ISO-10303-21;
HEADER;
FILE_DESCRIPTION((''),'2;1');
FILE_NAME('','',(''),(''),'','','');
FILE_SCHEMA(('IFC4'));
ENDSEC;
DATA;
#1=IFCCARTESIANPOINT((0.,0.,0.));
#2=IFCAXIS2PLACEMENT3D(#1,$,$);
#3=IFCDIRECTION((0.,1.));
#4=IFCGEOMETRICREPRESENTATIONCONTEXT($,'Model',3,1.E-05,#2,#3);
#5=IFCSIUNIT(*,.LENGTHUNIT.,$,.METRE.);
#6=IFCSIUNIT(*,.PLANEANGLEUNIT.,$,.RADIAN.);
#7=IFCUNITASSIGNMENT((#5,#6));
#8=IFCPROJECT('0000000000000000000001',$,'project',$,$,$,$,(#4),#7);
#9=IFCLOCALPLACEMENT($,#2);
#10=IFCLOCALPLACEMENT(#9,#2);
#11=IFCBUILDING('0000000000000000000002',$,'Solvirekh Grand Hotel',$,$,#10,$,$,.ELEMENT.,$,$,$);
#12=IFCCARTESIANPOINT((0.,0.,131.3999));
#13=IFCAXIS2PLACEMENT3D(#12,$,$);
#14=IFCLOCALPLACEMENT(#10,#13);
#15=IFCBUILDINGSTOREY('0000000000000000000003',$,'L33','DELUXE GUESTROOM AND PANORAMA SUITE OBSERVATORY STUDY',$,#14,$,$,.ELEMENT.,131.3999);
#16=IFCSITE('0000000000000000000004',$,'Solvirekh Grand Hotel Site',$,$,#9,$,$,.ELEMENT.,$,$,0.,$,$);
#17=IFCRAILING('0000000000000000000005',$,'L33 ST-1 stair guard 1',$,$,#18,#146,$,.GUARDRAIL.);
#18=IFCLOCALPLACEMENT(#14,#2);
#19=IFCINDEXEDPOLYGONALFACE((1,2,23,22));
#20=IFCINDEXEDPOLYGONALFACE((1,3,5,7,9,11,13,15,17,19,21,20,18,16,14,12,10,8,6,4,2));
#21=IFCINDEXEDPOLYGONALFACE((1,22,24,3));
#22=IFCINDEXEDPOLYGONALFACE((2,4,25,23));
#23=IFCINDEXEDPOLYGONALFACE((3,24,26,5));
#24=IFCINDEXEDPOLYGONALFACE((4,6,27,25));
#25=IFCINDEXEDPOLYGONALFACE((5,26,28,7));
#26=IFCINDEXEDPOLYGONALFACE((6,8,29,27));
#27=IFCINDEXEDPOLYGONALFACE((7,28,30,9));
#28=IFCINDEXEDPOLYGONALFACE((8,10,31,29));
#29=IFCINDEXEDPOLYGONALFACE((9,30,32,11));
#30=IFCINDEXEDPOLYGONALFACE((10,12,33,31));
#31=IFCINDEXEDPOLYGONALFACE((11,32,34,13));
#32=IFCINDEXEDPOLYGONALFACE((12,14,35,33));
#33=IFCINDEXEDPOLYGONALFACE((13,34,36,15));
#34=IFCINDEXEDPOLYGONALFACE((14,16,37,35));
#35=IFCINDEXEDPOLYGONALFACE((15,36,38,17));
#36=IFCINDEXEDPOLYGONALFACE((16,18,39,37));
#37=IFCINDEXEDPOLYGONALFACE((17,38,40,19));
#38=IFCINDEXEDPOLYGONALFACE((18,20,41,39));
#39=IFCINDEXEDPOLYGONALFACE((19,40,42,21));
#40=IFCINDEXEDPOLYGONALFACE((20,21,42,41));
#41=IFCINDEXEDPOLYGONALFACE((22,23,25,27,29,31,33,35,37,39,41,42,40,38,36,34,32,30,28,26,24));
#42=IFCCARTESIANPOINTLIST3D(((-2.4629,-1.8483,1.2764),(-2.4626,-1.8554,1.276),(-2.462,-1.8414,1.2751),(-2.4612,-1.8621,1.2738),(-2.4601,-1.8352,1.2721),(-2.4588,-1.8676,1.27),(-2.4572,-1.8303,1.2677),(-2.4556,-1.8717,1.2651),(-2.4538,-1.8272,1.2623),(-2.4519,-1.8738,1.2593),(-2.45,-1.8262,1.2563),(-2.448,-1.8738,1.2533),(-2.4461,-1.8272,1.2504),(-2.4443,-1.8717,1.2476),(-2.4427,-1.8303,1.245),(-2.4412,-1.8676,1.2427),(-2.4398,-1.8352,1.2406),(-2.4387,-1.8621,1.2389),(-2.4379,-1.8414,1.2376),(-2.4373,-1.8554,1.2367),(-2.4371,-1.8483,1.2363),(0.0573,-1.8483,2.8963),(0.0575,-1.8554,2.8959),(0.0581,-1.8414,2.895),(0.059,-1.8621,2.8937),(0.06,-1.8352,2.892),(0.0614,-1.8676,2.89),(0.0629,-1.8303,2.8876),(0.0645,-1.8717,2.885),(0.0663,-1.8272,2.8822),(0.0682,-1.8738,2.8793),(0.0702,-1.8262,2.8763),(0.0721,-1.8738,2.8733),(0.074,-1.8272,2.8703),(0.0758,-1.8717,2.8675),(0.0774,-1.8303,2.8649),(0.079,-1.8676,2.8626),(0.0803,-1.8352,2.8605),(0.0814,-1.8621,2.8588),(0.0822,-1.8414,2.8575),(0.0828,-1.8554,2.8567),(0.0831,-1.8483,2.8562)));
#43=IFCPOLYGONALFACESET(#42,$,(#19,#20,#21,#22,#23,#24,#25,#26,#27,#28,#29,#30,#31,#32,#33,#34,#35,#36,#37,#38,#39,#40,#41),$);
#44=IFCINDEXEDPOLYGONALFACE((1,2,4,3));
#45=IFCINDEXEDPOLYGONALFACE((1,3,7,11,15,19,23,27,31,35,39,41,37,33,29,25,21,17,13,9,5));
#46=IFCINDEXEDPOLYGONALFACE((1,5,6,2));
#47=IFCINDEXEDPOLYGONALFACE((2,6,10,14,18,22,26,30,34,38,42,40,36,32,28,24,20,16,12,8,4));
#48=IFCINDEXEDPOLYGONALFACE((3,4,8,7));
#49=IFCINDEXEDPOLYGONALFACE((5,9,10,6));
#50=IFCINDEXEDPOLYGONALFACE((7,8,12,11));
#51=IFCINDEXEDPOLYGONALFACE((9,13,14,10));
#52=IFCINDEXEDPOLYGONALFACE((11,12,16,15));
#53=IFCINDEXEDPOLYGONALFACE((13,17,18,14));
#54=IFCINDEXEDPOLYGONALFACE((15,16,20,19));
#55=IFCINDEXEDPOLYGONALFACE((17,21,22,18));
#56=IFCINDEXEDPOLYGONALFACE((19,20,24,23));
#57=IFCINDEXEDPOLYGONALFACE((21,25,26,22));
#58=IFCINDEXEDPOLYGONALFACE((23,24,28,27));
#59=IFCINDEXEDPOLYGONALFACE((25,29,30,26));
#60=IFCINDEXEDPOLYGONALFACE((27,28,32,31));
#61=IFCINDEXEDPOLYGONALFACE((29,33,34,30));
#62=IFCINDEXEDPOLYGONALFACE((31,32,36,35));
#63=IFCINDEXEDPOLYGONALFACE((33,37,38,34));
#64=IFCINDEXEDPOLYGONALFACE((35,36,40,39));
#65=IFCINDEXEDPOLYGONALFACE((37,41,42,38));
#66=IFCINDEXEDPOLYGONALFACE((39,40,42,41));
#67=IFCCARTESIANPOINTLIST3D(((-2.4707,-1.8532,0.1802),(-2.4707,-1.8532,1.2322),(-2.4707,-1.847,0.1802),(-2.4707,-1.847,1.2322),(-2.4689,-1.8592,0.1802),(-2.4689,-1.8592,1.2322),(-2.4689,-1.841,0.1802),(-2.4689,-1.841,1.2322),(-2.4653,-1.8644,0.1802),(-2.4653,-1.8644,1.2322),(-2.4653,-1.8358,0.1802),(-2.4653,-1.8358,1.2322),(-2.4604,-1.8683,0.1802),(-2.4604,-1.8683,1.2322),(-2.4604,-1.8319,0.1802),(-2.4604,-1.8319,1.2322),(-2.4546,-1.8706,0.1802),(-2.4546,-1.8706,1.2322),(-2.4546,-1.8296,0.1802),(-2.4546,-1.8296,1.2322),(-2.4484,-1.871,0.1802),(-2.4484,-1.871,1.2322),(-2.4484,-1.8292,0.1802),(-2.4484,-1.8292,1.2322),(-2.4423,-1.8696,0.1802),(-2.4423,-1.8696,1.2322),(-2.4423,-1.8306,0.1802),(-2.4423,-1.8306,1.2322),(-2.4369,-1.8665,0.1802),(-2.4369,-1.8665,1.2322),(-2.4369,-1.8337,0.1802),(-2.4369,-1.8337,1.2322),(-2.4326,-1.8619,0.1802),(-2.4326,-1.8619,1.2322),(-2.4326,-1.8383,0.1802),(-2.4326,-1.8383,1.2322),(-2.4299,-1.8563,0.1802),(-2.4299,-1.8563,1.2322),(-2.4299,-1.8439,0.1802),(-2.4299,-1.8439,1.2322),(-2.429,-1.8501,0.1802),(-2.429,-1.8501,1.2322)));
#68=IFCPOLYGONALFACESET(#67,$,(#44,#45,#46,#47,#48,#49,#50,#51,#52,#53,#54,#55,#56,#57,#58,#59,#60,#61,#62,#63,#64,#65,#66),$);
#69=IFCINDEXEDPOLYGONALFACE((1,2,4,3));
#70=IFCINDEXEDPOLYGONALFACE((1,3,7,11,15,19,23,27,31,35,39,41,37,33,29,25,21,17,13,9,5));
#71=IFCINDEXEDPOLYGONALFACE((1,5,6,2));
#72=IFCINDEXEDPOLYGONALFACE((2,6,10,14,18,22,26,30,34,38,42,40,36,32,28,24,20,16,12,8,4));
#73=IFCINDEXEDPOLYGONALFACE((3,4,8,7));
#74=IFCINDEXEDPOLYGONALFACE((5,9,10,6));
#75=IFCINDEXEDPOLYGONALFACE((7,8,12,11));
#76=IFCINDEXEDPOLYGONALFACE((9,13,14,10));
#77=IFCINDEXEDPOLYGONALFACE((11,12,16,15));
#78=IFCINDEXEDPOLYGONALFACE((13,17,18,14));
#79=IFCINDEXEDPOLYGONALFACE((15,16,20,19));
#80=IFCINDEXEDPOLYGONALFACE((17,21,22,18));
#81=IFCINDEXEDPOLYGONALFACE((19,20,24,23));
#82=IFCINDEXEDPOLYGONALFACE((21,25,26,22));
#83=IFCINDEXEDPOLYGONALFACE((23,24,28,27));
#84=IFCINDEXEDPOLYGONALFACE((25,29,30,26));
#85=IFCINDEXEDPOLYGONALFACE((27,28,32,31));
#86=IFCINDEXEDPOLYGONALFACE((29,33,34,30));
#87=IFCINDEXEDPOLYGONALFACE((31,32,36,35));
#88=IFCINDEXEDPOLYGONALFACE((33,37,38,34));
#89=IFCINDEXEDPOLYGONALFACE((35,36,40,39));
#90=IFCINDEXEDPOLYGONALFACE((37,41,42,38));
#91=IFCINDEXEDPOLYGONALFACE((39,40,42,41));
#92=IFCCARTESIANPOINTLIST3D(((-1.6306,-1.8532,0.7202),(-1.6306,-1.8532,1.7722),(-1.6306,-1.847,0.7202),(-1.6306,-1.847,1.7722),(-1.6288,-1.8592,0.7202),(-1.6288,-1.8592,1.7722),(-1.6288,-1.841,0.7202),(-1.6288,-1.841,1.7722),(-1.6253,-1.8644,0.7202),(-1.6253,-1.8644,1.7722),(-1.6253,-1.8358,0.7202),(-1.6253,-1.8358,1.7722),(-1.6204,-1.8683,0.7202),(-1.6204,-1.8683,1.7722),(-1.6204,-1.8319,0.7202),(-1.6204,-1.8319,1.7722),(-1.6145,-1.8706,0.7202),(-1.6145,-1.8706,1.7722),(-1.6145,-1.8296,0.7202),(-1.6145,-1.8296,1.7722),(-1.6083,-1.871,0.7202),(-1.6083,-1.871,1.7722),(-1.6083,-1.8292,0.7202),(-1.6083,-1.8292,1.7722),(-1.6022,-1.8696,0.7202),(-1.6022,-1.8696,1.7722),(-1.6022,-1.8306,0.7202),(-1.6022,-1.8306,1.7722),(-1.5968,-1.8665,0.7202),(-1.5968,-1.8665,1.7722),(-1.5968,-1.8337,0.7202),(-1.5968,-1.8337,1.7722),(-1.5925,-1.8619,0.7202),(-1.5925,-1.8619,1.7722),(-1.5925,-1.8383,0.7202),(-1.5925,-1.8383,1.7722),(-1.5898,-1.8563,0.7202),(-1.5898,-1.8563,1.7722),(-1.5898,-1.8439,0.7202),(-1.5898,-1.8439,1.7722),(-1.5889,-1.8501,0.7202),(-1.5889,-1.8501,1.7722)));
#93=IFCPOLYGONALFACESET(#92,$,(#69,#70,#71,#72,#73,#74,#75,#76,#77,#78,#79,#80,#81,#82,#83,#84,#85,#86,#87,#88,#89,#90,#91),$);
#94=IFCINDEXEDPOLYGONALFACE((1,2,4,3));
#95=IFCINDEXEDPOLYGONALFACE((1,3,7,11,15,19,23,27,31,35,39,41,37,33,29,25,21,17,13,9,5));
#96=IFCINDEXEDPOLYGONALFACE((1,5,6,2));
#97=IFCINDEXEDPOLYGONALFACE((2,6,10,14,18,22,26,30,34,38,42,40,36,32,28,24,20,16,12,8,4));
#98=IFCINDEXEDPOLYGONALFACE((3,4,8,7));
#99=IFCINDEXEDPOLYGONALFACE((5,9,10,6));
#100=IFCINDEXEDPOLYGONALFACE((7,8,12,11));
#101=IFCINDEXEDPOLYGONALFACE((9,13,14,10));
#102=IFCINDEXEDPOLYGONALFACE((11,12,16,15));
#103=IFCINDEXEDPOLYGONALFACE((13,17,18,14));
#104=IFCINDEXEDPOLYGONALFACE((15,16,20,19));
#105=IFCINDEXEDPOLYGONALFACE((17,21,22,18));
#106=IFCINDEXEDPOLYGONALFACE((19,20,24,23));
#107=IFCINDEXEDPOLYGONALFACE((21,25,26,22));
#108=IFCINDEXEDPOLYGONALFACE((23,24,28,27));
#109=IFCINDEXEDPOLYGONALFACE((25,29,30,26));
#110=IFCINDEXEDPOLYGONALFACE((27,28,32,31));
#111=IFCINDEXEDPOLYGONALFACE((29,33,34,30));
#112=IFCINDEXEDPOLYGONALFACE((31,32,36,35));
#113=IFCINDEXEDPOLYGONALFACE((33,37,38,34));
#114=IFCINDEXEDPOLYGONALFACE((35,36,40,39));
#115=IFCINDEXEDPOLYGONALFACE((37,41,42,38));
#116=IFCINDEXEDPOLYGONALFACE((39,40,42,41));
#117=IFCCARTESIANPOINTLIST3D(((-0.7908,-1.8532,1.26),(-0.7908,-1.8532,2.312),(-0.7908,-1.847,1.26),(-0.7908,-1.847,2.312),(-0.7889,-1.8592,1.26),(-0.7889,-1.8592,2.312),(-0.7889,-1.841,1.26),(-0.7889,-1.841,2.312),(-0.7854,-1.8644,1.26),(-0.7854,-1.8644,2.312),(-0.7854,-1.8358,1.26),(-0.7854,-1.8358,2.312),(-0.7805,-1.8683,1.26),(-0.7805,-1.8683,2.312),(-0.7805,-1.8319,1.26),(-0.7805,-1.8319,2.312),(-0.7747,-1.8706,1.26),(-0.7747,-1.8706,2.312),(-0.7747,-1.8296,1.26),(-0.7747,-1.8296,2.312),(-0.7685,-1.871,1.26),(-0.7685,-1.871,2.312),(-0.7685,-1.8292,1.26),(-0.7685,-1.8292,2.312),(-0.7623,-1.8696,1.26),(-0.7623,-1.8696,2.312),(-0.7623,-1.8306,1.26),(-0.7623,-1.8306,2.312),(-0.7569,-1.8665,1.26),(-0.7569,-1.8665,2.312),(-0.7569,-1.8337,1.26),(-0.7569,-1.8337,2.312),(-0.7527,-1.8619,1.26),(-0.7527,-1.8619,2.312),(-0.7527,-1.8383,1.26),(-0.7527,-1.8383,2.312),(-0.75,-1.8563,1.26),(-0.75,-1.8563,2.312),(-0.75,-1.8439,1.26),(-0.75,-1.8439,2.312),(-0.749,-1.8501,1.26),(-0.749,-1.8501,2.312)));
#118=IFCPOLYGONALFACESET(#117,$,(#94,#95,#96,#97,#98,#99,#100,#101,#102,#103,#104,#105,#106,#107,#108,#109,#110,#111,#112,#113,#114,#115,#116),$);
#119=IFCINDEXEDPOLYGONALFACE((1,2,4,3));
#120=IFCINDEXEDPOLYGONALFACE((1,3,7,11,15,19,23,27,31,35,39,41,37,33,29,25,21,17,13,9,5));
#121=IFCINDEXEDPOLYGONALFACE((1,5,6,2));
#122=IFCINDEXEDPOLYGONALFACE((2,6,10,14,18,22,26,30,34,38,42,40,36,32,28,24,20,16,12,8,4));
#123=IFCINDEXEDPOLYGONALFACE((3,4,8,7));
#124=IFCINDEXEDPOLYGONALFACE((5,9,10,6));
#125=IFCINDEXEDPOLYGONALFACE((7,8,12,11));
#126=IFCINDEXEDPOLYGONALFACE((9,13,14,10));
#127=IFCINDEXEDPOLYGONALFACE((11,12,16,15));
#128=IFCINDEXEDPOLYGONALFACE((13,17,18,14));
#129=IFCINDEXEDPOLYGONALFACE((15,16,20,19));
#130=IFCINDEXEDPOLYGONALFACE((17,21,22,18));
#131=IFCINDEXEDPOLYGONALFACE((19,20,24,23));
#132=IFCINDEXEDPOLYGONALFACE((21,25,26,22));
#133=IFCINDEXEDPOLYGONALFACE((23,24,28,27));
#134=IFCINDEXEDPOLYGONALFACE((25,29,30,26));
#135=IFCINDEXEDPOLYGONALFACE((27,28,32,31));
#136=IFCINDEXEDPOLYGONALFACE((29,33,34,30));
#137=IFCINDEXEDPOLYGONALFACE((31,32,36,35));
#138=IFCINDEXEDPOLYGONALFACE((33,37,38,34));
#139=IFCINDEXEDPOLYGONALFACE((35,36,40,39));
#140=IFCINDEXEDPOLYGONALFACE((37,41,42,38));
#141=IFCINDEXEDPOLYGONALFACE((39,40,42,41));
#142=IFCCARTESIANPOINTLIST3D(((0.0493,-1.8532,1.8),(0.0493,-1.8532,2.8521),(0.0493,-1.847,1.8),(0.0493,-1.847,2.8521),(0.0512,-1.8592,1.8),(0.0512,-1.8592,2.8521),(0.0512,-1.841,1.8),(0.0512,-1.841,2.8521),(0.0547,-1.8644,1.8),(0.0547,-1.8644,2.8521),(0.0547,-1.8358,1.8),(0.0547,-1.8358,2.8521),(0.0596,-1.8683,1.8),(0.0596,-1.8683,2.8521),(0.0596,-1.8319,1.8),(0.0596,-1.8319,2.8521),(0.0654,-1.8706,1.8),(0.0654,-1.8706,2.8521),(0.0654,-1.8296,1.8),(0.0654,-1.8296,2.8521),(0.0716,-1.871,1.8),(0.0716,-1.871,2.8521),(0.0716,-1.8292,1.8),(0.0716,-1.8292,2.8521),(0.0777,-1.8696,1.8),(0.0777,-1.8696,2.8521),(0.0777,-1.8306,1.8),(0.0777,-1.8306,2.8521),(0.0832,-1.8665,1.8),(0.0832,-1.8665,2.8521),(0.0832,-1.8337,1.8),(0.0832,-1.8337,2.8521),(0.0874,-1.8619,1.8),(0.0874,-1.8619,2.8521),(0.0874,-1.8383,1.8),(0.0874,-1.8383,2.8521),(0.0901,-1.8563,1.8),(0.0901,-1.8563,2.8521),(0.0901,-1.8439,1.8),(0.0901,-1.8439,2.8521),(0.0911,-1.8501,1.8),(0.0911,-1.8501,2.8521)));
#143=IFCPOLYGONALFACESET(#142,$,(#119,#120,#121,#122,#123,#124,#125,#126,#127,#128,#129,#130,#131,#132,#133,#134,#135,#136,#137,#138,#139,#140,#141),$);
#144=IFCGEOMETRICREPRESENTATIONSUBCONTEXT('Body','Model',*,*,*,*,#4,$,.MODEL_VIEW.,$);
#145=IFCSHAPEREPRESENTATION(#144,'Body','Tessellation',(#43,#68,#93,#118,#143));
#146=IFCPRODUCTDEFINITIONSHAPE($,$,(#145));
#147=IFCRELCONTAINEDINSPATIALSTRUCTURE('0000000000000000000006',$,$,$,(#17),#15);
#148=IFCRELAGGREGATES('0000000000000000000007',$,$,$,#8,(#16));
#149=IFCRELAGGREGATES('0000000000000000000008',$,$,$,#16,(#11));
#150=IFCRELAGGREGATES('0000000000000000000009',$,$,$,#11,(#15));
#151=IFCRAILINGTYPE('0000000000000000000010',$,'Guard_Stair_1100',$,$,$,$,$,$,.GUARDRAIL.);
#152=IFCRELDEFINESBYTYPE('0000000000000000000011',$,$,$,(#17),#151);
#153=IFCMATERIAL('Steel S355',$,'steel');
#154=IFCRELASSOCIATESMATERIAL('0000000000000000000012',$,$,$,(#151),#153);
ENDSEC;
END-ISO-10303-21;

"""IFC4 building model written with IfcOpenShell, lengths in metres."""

from ifc_helpers import new_model, si_unit, direction, frame, origin, origin_2d, place, context, subcontext, project, spatial, circle, extrude, material, type_object, element, save


model = new_model("IFC4")

# Units and contexts
model_context = context("Model", 3, precision=1e-05, world=origin(), true_north=direction((0.0, 1.0)))
body_context = subcontext(model_context, "Body", "Model", "MODEL_VIEW")
ifc_project = project(units=[si_unit("LENGTHUNIT", "METRE"), si_unit("PLANEANGLEUNIT", "RADIAN")], contexts=[model_context])

# Site, building, storey
site_placement = place(None, origin())
site = spatial("IfcSite", under=ifc_project, at=site_placement, Name="Solvirekh Grand Hotel Site", CompositionType="ELEMENT", RefElevation=0.0)
building_placement = place(site_placement, origin())
building = spatial("IfcBuilding", under=site, at=building_placement, Name="Solvirekh Grand Hotel", CompositionType="ELEMENT")
storey_placement = place(building_placement, frame((0.0, 0.0, 131.3999)))
storey = spatial("IfcBuildingStorey", under=building, at=storey_placement, Name="L33", Description="DELUXE GUESTROOM AND PANORAMA SUITE OBSERVATORY STUDY", CompositionType="ELEMENT", Elevation=131.3999)

# Railing
ifc_material_1 = material(Name="Steel S355", Category="steel")
railing_type_1 = type_object("IfcRailingType", Name="Guard_Stair_1100", PredefinedType="GUARDRAIL", material=ifc_material_1)
railing_1_placement = place(storey_placement, frame((-2.45, -1.8501, 0.1802)))
element("IfcRailing", 1, at=railing_1_placement, inside=storey, type_object=railing_type_1, Name="L33 ST-1 stair guard 1", PredefinedType="GUARDRAIL", context=body_context, shape_type="SweptSolid", body=[
    extrude(circle(Radius=0.0239, at=origin_2d()), frame((0.0, 0.0, 1.0762), z_axis=(0.8412, 0.0, 0.540725), x_axis=(0.0, 1.0, 0.0)), (0.0, 0.0, 1.0), 2.9958),
    extrude(circle(Radius=0.021, at=origin_2d()), origin(), (0.0, 0.0, 1.0), 1.052),
    extrude(circle(Radius=0.021, at=origin_2d()), frame((0.8401, 0.0, 0.54)), (0.0, 0.0, 1.0), 1.052),
    extrude(circle(Radius=0.021, at=origin_2d()), frame((1.6799, 0.0, 1.0798)), (0.0, 0.0, 1.0), 1.052),
    extrude(circle(Radius=0.021, at=origin_2d()), frame((2.52, 0.0, 1.6199)), (0.0, 0.0, 1.0), 1.052),
])

save(model, "model.ifc")
